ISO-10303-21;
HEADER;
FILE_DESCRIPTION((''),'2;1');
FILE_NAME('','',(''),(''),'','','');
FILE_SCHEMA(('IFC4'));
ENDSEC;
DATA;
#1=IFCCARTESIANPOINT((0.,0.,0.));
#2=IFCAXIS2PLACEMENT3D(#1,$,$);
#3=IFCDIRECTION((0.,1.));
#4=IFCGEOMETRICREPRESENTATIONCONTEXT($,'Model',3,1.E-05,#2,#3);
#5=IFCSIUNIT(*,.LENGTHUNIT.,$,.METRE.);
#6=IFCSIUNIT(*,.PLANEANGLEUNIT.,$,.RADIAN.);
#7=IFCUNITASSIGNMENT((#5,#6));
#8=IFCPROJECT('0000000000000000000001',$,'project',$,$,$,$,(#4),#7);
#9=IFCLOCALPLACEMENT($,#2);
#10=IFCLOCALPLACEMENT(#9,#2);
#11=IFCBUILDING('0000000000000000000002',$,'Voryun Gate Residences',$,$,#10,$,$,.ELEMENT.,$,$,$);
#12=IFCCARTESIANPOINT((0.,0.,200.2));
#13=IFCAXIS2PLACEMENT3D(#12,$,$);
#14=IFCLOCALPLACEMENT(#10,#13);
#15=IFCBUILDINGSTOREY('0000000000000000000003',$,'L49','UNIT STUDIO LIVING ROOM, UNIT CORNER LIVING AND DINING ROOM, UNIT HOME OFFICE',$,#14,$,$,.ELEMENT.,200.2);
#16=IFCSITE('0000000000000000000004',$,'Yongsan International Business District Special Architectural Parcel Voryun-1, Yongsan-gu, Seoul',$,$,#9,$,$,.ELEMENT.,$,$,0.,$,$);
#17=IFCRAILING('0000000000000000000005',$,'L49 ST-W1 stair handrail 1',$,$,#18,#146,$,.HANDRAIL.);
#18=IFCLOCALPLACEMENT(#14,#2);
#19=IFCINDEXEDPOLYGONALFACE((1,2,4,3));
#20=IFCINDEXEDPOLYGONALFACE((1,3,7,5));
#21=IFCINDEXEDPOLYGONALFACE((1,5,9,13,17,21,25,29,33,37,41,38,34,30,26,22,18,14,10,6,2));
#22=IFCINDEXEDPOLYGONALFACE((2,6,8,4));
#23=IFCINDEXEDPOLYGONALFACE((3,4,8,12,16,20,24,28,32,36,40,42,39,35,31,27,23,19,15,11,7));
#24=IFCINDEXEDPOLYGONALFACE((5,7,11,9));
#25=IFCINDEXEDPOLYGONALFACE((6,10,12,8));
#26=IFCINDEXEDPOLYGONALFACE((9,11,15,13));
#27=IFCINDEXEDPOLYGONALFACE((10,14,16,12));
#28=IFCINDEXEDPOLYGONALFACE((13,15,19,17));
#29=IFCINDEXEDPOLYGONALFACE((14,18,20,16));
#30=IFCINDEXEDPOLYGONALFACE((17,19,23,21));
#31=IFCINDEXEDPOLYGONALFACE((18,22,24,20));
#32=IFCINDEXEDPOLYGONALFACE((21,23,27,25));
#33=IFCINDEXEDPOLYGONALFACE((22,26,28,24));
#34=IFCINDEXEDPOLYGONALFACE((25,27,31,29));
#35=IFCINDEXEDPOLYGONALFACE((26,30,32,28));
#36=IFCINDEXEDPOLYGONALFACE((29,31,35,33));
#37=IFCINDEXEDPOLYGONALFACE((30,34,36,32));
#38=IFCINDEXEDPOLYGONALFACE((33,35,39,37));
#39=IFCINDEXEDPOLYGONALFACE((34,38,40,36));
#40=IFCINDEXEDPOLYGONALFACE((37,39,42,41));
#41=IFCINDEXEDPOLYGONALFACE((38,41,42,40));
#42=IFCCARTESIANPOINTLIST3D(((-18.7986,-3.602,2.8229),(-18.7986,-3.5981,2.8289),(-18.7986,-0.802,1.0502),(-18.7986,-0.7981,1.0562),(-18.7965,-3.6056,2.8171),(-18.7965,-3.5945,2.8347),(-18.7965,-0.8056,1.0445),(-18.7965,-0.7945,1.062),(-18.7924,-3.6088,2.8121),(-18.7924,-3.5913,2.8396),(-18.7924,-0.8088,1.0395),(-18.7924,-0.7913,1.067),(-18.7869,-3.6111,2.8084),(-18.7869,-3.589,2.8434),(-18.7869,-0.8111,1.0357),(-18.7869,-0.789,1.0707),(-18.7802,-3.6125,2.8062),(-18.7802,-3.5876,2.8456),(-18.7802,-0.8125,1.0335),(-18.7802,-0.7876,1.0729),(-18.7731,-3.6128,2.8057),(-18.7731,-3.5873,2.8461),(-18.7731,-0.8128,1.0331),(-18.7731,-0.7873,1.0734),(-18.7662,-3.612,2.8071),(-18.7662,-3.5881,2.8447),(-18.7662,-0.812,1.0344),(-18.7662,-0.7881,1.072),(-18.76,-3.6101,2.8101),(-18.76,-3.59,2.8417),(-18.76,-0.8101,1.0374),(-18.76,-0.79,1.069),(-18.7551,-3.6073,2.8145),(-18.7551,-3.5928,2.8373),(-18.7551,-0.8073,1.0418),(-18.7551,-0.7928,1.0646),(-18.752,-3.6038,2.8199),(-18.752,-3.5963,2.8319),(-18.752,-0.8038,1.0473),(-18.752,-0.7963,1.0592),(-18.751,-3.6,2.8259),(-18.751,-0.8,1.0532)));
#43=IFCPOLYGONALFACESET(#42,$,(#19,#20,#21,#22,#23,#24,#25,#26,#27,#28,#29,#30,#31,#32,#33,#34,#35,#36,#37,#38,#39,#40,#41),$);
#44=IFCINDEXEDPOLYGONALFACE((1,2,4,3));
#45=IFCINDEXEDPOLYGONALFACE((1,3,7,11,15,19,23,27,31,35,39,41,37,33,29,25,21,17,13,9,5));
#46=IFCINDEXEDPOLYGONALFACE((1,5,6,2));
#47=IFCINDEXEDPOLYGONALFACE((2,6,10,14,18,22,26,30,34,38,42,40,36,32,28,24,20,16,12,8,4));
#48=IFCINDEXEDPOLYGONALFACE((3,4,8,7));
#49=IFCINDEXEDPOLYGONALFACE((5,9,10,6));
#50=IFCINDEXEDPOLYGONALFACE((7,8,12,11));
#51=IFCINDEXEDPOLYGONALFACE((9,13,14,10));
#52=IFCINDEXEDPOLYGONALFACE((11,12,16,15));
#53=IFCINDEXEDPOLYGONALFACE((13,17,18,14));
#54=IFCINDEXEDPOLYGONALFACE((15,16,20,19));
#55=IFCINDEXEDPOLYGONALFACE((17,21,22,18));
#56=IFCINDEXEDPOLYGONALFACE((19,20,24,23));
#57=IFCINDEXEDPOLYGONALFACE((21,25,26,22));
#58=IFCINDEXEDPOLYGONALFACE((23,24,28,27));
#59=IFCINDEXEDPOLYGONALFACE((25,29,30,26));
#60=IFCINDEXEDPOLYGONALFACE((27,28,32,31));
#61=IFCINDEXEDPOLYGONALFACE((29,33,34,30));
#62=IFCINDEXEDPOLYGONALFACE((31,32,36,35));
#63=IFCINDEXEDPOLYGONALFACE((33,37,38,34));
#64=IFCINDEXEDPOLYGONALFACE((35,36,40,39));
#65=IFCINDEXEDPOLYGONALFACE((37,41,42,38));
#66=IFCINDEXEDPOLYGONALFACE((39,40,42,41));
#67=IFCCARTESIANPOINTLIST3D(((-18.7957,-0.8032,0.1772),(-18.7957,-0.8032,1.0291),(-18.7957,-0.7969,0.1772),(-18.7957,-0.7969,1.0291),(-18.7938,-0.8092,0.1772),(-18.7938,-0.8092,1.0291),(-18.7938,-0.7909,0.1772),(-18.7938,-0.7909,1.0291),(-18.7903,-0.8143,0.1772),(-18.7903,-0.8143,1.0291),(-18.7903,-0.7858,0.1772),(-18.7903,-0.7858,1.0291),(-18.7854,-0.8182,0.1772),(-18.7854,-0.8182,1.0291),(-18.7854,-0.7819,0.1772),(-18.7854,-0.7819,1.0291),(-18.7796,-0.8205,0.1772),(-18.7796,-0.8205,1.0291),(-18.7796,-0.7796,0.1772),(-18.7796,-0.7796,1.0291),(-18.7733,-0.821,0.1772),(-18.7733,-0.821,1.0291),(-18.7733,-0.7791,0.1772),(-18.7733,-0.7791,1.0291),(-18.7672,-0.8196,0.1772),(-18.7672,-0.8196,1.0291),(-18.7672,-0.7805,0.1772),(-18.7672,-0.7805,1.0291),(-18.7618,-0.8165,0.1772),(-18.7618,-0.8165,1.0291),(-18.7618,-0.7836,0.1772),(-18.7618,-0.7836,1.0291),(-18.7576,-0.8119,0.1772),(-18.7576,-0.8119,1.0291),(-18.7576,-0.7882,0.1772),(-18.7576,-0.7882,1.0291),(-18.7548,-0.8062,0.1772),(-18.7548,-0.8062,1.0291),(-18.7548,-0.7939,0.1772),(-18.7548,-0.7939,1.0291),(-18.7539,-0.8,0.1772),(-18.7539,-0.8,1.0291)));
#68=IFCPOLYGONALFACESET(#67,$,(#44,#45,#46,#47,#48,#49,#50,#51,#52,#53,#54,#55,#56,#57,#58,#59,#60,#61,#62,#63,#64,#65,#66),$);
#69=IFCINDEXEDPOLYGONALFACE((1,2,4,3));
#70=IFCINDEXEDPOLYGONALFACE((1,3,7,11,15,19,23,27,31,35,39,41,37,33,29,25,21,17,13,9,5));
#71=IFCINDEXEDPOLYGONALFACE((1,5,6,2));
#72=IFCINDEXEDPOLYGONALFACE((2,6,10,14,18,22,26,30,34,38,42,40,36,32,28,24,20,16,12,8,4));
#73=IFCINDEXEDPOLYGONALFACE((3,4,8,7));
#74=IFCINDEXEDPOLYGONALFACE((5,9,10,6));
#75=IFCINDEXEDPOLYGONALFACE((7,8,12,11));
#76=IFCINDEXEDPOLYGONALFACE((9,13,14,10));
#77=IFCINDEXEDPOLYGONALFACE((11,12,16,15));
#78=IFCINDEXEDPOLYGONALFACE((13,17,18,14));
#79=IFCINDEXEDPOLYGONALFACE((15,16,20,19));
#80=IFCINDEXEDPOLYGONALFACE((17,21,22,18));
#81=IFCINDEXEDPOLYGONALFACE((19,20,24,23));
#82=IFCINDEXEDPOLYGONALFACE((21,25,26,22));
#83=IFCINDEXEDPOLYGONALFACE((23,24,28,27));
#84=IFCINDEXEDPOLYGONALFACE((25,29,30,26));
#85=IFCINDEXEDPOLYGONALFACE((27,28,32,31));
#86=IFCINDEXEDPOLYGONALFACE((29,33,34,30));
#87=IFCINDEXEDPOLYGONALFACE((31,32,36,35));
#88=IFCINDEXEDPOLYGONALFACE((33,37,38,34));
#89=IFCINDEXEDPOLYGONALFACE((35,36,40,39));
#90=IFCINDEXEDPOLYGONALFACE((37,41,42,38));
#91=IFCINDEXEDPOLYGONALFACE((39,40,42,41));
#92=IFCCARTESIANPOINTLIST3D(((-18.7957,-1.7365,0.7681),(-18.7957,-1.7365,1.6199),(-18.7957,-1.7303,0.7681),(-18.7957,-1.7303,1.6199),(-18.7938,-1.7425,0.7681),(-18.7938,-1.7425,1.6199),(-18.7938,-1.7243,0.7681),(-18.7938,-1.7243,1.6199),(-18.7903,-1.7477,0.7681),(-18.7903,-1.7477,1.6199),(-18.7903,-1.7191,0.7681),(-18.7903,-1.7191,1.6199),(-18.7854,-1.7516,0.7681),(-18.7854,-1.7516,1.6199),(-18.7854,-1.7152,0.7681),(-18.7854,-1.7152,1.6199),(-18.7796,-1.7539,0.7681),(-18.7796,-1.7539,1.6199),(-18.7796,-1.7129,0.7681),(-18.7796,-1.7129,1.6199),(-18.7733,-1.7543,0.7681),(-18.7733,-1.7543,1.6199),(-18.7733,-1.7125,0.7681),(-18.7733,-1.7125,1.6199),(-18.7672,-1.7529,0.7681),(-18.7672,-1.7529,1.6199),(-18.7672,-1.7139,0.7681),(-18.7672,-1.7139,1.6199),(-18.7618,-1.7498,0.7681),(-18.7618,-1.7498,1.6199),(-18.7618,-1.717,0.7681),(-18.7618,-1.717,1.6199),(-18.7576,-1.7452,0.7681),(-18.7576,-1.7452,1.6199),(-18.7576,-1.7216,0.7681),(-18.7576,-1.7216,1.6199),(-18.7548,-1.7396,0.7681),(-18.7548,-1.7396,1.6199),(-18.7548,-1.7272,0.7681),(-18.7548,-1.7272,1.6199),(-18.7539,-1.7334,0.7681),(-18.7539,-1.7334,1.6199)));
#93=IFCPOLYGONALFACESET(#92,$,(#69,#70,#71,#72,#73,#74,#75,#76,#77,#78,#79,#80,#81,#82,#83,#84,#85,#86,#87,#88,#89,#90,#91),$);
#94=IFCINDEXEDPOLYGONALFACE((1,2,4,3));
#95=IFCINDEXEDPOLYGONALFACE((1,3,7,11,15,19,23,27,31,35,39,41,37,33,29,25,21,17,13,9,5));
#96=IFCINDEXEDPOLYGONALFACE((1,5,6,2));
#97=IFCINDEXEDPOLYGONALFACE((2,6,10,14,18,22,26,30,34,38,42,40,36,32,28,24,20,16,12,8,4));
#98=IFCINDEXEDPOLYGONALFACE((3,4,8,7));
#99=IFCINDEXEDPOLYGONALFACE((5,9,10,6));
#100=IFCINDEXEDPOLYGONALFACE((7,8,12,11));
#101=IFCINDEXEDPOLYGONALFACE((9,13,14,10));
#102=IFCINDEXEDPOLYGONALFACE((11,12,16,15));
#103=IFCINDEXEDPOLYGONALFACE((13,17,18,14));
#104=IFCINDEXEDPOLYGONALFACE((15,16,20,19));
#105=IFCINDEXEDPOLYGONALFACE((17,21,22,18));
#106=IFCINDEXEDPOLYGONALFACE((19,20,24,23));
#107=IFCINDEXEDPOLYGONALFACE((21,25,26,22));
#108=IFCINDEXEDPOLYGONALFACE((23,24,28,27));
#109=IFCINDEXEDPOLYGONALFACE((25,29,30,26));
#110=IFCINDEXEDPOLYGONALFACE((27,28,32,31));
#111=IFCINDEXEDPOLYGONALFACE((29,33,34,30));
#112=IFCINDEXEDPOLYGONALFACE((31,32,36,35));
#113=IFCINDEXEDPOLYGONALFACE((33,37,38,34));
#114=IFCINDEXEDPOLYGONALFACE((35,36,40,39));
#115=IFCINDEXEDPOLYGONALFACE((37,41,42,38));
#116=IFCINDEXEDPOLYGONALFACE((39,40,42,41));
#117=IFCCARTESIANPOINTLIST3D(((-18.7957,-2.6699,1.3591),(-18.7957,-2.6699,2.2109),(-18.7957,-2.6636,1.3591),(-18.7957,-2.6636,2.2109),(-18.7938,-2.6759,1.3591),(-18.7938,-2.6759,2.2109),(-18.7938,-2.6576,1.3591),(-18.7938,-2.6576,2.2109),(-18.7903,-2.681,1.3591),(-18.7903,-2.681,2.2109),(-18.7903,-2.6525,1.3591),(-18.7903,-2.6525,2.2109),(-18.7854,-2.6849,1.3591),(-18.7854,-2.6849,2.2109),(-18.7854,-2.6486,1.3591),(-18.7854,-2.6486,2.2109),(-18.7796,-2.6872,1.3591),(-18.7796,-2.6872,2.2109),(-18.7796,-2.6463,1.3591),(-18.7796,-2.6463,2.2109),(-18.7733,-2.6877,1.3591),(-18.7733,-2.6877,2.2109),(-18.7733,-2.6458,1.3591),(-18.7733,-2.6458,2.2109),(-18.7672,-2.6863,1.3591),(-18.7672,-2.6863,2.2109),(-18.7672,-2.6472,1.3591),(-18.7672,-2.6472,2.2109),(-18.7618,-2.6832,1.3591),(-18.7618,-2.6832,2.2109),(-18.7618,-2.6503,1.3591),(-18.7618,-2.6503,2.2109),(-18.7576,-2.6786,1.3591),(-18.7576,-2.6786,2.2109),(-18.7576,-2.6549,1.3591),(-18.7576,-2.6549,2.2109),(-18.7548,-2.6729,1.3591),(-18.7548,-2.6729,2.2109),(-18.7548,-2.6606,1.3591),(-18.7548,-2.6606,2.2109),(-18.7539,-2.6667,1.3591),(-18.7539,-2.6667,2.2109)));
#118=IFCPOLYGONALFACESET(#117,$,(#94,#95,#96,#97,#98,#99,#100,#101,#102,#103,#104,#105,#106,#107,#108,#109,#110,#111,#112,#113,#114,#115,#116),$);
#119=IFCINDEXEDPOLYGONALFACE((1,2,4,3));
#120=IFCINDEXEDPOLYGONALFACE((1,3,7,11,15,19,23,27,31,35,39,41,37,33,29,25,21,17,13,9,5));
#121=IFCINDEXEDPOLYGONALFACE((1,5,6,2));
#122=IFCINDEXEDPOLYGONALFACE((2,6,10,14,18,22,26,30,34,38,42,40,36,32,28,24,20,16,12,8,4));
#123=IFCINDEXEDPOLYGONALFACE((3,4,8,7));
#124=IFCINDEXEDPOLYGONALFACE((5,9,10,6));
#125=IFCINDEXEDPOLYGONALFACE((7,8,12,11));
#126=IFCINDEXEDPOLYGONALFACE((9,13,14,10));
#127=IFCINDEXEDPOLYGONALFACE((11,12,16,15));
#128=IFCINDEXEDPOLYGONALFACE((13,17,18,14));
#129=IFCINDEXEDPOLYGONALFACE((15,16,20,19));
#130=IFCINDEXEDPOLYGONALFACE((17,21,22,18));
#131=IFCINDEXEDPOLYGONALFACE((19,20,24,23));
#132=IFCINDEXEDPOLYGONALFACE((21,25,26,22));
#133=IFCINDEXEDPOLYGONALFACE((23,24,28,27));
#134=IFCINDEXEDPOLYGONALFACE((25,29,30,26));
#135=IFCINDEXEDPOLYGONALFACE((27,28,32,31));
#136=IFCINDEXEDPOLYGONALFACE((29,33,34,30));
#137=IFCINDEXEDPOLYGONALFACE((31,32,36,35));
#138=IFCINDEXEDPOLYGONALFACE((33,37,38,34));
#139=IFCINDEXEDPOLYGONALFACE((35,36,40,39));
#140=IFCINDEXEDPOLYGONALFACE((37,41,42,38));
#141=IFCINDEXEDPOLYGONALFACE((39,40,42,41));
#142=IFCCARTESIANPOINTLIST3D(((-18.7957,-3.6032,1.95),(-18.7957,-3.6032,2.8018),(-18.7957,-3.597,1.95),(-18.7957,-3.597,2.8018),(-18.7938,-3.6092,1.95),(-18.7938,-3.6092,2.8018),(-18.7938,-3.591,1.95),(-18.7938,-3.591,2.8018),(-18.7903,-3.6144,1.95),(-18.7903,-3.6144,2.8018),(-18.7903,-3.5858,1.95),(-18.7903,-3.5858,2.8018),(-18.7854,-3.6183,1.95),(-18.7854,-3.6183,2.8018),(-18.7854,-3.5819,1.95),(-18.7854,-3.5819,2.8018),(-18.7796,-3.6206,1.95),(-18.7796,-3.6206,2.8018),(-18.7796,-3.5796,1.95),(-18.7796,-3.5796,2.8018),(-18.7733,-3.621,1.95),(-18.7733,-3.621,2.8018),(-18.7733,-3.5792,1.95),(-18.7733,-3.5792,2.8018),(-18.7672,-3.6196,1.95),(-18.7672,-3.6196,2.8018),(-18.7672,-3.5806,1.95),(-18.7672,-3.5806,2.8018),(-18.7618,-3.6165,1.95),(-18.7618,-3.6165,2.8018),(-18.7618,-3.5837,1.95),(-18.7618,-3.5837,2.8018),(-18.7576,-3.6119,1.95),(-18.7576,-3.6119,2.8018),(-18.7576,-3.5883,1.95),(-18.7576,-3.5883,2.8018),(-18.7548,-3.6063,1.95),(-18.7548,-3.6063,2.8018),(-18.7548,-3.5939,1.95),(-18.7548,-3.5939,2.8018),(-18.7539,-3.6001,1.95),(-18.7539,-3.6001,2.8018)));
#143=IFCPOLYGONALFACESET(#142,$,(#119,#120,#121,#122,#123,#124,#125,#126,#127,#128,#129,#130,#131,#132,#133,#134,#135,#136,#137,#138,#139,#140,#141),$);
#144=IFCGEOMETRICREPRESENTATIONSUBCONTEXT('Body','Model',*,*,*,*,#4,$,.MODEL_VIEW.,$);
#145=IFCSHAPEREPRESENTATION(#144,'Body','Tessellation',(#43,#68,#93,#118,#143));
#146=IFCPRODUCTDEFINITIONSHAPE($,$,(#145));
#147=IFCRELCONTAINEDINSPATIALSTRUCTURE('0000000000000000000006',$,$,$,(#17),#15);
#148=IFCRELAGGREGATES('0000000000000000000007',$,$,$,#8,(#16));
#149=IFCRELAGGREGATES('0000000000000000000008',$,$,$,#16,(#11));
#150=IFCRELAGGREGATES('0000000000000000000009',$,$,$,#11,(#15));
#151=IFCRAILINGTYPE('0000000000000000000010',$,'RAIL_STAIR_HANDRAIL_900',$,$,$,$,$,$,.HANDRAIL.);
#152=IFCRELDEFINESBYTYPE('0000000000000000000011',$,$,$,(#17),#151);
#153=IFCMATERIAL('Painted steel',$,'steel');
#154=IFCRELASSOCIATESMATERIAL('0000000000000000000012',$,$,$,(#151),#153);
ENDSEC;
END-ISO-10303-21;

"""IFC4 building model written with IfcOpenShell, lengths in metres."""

from ifc_helpers import new_model, si_unit, direction, frame, origin, origin_2d, place, context, subcontext, project, spatial, circle, extrude, material, type_object, element, save


model = new_model("IFC4")

# Units and contexts
model_context = context("Model", 3, precision=1e-05, world=origin(), true_north=direction((0.0, 1.0)))
body_context = subcontext(model_context, "Body", "Model", "MODEL_VIEW")
ifc_project = project(units=[si_unit("LENGTHUNIT", "METRE"), si_unit("PLANEANGLEUNIT", "RADIAN")], contexts=[model_context])

# Site, building, storey
site_placement = place(None, origin())
site = spatial("IfcSite", under=ifc_project, at=site_placement, Name="Yongsan International Business District Special Architectural Parcel Voryun-1, Yongsan-gu, Seoul", CompositionType="ELEMENT", RefElevation=0.0)
building_placement = place(site_placement, origin())
building = spatial("IfcBuilding", under=site, at=building_placement, Name="Voryun Gate Residences", CompositionType="ELEMENT")
storey_placement = place(building_placement, frame((0.0, 0.0, 200.2)))
storey = spatial("IfcBuildingStorey", under=building, at=storey_placement, Name="L49", Description="UNIT STUDIO LIVING ROOM, UNIT CORNER LIVING AND DINING ROOM, UNIT HOME OFFICE", CompositionType="ELEMENT", Elevation=200.2)

# Railing
ifc_material_1 = material(Name="Painted steel", Category="steel")
railing_type_1 = type_object("IfcRailingType", Name="RAIL_STAIR_HANDRAIL_900", PredefinedType="HANDRAIL", material=ifc_material_1)
railing_1_placement = place(storey_placement, frame((-18.7749, -0.8, 0.1772)))
element("IfcRailing", 1, at=railing_1_placement, inside=storey, type_object=railing_type_1, Name="L49 ST-W1 stair handrail 1", PredefinedType="HANDRAIL", context=body_context, shape_type="SweptSolid", body=[
    extrude(circle(Radius=0.0239, at=origin_2d()), frame((0.0, 0.0, 0.876), z_axis=(0.0, -0.844909, 0.53491), x_axis=(1.0, 0.0, 0.0)), (0.0, 0.0, 1.0), 3.314),
    extrude(circle(Radius=0.021, at=origin_2d()), origin(), (0.0, 0.0, 1.0), 0.8518),
    extrude(circle(Radius=0.021, at=origin_2d()), frame((0.0, -0.9333, 0.5908)), (0.0, 0.0, 1.0), 0.8518),
    extrude(circle(Radius=0.021, at=origin_2d()), frame((0.0, -1.8667, 1.1819)), (0.0, 0.0, 1.0), 0.8518),
    extrude(circle(Radius=0.021, at=origin_2d()), frame((0.0, -2.8, 1.7727)), (0.0, 0.0, 1.0), 0.8518),
])

save(model, "model.ifc")
